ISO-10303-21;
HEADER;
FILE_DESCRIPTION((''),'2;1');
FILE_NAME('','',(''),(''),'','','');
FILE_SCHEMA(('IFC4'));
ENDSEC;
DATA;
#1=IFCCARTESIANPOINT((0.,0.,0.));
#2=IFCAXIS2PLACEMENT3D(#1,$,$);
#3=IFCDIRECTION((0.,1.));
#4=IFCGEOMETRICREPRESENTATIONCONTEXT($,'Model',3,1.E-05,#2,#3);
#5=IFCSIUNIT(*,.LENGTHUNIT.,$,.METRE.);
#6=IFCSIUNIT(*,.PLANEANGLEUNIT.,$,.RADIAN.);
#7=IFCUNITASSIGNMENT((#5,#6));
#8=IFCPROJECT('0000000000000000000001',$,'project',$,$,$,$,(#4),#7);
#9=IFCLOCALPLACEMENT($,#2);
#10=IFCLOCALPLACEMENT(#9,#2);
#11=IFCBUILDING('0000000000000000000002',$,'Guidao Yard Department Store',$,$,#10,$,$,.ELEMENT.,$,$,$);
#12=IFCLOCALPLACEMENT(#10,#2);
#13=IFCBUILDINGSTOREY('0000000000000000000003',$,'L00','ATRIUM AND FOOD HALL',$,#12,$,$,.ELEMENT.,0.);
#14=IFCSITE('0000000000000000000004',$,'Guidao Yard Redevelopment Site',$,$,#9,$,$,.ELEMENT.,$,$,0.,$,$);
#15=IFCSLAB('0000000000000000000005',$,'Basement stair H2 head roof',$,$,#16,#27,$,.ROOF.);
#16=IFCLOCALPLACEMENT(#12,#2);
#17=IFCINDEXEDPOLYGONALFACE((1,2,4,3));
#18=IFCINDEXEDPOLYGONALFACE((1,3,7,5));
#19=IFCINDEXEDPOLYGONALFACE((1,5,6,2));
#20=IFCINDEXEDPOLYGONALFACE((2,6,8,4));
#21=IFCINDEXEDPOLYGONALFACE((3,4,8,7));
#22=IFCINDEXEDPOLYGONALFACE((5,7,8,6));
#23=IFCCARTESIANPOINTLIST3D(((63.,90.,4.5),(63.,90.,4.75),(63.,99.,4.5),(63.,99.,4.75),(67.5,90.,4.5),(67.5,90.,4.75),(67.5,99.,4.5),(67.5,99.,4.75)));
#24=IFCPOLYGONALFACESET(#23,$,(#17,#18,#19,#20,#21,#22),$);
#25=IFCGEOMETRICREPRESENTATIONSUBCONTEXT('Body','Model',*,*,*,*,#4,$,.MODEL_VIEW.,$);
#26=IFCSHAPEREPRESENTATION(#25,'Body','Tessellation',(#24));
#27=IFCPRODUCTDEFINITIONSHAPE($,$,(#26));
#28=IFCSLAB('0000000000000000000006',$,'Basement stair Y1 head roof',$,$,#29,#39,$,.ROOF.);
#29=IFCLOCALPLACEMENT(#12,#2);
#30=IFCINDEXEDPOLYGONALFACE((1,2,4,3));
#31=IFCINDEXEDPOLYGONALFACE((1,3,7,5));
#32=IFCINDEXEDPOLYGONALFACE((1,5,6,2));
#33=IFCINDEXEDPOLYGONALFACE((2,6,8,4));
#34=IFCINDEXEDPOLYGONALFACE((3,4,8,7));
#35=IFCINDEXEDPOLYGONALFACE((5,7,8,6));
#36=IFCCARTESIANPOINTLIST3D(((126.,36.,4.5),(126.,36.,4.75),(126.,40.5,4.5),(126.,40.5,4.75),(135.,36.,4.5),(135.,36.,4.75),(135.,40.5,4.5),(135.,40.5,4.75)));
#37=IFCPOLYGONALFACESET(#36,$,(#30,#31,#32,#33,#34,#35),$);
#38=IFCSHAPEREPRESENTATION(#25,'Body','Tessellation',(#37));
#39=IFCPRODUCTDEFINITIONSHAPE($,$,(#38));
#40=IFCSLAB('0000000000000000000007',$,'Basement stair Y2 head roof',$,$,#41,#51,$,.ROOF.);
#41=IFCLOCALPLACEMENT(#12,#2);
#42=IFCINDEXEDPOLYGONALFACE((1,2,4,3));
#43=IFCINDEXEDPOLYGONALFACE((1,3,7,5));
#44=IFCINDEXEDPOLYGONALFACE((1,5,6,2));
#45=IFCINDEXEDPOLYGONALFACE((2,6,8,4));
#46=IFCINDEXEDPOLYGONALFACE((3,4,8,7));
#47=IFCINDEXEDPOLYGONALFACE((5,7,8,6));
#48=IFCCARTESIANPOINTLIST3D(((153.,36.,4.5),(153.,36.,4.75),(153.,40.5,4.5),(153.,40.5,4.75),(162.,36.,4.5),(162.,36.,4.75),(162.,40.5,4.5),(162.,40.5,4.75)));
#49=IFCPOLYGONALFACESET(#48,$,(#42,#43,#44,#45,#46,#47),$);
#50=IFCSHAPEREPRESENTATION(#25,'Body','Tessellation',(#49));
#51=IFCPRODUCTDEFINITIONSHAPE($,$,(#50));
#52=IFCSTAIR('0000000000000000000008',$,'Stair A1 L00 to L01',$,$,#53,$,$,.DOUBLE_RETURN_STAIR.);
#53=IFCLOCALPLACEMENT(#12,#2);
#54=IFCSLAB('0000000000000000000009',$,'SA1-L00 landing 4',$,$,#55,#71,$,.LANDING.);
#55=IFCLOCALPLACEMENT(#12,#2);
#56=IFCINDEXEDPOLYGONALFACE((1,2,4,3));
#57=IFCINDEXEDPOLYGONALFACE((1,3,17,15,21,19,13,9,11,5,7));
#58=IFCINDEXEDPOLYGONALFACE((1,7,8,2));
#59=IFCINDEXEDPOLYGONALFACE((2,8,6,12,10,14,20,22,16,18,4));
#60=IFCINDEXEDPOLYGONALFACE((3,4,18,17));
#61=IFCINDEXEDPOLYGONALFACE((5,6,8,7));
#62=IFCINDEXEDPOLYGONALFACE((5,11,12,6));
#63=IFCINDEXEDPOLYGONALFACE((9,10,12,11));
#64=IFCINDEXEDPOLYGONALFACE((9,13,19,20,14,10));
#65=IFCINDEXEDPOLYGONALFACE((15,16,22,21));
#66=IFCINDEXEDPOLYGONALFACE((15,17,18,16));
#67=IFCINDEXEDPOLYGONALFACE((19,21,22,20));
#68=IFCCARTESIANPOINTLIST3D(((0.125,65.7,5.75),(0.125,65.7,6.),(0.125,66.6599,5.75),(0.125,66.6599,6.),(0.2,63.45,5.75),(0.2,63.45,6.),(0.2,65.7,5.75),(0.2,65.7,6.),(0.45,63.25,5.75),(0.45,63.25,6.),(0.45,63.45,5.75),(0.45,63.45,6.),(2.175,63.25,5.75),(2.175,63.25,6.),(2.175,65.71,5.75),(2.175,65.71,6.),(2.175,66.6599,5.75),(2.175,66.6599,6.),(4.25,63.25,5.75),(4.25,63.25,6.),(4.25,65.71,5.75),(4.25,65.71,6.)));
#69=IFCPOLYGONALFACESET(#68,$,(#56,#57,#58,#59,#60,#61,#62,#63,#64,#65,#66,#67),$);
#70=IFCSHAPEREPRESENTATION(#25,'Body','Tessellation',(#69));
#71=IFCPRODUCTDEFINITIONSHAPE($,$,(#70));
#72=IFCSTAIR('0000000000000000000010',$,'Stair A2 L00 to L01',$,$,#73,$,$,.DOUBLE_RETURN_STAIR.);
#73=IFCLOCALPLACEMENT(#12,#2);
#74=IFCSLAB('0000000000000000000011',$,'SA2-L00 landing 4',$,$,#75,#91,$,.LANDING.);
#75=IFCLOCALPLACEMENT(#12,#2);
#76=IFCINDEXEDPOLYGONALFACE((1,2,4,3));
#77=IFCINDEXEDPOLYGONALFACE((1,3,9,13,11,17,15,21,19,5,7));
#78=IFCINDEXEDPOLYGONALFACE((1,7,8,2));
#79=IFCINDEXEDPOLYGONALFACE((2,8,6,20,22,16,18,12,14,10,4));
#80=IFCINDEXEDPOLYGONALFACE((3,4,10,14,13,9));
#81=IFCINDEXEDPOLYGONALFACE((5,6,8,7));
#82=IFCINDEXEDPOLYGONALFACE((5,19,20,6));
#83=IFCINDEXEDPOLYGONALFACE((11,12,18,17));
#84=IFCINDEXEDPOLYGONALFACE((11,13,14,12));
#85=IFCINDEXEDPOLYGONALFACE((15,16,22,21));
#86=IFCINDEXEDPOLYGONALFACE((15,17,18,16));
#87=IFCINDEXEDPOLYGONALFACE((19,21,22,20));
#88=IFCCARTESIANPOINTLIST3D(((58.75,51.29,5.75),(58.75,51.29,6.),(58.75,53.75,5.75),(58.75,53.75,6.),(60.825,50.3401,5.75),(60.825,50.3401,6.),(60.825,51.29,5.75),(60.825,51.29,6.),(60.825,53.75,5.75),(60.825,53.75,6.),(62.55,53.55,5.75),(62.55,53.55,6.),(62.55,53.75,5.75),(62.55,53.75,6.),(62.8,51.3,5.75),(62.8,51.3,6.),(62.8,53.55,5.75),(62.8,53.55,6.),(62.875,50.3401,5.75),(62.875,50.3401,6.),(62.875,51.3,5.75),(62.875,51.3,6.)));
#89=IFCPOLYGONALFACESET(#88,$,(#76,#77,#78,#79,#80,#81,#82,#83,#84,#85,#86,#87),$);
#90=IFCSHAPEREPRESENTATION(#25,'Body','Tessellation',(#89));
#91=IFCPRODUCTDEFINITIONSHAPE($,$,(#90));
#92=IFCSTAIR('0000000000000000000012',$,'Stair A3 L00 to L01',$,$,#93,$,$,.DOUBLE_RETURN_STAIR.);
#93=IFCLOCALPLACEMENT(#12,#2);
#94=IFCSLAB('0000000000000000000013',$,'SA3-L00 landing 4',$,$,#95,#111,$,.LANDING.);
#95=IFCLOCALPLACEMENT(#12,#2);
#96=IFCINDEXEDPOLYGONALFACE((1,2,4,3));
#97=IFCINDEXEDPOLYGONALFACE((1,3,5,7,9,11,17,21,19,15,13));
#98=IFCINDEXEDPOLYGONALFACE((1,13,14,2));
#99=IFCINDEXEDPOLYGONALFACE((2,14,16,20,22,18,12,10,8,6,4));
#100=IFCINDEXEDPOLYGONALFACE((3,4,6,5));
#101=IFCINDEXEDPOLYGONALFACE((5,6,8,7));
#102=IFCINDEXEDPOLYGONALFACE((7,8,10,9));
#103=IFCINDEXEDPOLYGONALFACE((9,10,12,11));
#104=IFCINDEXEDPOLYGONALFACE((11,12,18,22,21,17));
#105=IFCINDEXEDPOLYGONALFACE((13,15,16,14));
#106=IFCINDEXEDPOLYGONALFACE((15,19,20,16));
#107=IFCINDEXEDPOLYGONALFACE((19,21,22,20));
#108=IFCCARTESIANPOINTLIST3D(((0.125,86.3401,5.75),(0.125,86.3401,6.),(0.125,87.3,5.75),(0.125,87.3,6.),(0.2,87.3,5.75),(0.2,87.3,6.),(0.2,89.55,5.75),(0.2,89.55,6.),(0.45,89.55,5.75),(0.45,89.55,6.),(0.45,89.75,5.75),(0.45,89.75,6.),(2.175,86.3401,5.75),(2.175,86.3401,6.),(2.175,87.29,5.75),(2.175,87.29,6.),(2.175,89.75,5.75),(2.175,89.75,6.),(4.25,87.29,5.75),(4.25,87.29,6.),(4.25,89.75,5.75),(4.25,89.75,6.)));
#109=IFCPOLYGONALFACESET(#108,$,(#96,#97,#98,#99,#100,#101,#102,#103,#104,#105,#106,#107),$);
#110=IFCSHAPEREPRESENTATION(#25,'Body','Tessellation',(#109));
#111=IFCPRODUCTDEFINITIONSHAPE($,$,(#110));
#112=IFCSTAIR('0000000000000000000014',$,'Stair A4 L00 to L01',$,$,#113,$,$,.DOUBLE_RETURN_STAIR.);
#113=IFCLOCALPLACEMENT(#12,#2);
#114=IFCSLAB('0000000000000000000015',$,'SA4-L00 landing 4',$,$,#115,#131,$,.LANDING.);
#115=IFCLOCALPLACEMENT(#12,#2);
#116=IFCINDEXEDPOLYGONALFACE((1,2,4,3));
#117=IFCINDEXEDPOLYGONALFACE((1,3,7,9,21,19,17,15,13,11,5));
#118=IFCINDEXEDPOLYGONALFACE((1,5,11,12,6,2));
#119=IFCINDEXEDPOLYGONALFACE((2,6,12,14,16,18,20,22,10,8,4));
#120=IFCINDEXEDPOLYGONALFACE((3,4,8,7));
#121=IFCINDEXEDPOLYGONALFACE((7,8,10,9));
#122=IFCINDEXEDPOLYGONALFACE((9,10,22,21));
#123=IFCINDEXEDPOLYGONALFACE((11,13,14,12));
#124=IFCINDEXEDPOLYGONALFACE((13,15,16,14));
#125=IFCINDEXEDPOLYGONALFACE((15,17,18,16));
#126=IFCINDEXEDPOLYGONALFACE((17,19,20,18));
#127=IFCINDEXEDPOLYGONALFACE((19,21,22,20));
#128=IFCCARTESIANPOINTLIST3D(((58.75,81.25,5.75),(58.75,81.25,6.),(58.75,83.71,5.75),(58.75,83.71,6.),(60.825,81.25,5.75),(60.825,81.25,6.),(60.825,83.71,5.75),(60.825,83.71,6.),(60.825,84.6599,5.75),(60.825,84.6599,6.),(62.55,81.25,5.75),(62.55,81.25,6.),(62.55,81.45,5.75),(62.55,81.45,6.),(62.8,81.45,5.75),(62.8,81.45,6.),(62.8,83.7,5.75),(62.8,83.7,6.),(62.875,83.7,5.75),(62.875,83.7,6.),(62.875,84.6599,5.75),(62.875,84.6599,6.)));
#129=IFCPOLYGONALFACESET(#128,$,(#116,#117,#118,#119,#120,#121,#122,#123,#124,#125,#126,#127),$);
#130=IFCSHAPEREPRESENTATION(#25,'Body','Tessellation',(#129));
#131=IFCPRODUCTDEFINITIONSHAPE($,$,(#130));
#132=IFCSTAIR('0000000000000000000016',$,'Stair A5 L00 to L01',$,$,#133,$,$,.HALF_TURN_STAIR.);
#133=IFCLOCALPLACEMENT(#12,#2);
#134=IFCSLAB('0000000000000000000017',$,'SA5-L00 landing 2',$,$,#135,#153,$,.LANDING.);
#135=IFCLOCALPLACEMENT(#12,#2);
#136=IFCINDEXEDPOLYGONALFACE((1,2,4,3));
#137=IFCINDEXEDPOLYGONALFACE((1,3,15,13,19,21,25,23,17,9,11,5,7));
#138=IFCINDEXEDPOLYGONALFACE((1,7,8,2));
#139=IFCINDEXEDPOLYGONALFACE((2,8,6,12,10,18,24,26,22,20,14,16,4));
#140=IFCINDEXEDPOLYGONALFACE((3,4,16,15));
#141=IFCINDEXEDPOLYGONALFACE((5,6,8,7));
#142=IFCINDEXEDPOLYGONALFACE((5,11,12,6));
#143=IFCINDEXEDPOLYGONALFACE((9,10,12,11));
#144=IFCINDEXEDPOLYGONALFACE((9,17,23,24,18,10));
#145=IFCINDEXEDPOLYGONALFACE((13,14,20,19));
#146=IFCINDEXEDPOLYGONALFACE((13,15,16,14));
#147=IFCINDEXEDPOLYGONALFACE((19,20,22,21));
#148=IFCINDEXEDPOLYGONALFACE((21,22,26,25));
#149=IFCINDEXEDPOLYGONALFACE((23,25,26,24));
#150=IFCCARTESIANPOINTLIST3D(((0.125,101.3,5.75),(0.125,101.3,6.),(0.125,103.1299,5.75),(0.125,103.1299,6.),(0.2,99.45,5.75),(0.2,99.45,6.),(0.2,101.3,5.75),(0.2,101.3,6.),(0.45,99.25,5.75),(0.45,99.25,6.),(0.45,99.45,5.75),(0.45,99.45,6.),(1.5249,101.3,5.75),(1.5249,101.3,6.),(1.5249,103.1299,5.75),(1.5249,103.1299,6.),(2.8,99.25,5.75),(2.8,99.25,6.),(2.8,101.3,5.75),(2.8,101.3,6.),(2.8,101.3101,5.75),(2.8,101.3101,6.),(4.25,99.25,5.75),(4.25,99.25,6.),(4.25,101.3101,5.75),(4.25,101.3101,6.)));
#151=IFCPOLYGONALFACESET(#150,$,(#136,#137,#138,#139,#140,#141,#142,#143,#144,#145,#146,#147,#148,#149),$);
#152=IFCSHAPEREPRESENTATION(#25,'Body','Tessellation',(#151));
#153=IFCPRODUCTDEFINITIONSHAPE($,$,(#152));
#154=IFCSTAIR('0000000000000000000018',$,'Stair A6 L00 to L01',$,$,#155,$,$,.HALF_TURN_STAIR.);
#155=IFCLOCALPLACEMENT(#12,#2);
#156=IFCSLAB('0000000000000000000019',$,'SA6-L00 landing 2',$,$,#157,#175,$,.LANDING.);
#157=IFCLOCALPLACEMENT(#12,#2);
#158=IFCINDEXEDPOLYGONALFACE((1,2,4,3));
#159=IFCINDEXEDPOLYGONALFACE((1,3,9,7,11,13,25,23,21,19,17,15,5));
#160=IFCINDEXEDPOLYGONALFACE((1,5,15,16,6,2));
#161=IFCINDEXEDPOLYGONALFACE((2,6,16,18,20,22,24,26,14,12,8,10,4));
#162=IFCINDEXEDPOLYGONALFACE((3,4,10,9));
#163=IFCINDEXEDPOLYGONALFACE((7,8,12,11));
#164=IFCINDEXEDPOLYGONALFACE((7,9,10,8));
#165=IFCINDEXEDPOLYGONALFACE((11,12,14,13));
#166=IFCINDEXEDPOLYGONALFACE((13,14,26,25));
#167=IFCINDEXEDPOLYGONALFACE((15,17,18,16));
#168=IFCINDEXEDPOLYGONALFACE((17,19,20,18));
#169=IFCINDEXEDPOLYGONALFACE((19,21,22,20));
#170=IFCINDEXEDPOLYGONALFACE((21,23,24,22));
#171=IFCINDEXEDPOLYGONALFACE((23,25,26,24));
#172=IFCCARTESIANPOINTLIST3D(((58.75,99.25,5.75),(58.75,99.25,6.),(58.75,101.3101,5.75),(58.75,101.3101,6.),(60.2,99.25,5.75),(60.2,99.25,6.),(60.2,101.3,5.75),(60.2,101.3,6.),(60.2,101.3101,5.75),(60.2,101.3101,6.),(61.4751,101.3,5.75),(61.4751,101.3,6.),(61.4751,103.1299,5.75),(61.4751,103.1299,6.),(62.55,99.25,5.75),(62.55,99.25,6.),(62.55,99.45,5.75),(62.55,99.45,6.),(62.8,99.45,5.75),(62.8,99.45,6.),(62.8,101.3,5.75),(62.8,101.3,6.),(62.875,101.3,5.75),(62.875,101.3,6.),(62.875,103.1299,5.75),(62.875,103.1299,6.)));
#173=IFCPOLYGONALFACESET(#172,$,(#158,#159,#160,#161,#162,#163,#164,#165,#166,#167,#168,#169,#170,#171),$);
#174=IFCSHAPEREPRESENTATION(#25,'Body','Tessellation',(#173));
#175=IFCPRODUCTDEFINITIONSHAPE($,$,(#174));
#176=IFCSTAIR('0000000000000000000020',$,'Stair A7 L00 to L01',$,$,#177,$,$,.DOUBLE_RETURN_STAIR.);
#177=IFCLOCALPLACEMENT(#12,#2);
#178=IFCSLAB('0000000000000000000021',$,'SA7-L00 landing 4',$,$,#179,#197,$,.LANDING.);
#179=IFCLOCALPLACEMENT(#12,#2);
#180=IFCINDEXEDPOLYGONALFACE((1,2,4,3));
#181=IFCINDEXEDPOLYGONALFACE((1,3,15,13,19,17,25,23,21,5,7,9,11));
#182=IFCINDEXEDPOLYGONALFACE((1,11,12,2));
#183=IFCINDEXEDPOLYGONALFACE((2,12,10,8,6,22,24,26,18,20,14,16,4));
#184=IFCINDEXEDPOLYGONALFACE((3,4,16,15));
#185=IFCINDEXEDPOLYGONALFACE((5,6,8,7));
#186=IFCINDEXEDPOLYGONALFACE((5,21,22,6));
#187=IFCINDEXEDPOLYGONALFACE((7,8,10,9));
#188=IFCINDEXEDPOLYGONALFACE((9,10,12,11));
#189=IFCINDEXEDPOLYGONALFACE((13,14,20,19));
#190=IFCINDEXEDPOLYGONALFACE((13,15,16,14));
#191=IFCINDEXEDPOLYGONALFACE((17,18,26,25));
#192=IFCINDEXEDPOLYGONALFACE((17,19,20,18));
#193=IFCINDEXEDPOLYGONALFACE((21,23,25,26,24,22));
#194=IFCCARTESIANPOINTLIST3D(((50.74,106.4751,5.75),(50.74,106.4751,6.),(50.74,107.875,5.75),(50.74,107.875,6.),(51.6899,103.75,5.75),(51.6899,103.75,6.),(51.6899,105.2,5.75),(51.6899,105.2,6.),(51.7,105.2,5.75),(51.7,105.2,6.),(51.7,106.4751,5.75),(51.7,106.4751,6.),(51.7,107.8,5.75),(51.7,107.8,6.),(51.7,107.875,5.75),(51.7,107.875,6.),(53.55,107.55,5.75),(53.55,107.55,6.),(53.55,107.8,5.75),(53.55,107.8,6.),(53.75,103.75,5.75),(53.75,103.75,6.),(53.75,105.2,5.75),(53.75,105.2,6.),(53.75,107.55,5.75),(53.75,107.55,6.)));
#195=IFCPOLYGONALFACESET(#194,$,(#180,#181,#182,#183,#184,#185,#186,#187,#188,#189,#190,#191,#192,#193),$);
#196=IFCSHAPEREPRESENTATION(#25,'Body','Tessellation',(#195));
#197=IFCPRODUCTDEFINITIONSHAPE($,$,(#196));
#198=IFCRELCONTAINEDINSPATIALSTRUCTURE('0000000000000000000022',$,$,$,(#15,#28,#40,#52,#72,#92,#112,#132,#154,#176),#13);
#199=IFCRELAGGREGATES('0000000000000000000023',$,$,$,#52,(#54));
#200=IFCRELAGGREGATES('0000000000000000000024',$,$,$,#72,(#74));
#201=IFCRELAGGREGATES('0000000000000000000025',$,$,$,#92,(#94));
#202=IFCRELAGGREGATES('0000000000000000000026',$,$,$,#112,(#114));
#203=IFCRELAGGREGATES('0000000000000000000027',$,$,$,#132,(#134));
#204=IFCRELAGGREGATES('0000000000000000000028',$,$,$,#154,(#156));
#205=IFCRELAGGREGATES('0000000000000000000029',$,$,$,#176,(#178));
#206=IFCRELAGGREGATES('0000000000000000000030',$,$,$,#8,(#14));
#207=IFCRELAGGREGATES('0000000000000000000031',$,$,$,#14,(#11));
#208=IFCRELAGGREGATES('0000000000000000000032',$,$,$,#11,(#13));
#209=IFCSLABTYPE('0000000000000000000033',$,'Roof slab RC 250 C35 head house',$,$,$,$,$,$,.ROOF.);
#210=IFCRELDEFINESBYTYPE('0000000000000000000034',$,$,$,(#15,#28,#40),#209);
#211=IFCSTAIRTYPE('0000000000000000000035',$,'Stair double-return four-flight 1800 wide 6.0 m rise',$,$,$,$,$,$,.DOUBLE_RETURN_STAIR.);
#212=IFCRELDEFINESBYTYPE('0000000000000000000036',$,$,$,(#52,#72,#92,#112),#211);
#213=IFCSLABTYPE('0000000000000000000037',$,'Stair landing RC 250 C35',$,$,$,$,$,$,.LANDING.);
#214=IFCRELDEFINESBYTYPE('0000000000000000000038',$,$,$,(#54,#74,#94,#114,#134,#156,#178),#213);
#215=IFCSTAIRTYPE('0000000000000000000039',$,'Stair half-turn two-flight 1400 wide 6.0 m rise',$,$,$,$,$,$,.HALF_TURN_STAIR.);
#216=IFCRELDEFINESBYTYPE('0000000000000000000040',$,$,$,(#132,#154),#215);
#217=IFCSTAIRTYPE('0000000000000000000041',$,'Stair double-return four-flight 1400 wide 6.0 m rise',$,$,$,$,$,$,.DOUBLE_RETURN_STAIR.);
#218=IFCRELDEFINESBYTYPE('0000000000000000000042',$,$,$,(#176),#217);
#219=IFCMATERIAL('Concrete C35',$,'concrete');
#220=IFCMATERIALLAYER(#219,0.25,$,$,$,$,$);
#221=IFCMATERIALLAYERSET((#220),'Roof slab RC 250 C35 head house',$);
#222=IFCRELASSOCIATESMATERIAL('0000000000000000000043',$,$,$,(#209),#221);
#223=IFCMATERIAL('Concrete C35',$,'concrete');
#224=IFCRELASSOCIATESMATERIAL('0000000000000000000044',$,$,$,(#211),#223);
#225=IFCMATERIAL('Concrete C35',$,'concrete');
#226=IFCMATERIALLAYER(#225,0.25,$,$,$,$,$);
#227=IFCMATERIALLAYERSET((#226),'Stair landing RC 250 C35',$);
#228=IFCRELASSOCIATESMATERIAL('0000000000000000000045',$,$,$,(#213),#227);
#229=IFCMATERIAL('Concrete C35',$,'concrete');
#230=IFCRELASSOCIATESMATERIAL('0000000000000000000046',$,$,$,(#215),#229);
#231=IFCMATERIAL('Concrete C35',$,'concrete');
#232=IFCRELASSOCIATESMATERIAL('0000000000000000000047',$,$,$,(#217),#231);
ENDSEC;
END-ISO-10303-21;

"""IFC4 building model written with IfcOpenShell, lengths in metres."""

from ifc_helpers import new_model, si_unit, direction, frame, origin, place, context, subcontext, project, spatial, polyline, outline, extrude, material, layer, layer_set, type_object, element, aggregate, save


model = new_model("IFC4")

# Units and contexts
model_context = context("Model", 3, precision=1e-05, world=origin(), true_north=direction((0.0, 1.0)))
body_context = subcontext(model_context, "Body", "Model", "MODEL_VIEW")
ifc_project = project(units=[si_unit("LENGTHUNIT", "METRE"), si_unit("PLANEANGLEUNIT", "RADIAN")], contexts=[model_context])

# Site, building, storey
site_placement = place(None, origin())
site = spatial("IfcSite", under=ifc_project, at=site_placement, Name="Guidao Yard Redevelopment Site", CompositionType="ELEMENT", RefElevation=0.0)
building_placement = place(site_placement, origin())
building = spatial("IfcBuilding", under=site, at=building_placement, Name="Guidao Yard Department Store", CompositionType="ELEMENT")
storey_placement = place(building_placement, origin())
storey = spatial("IfcBuildingStorey", under=building, at=storey_placement, Name="L00", Description="ATRIUM AND FOOD HALL", CompositionType="ELEMENT", Elevation=0.0)

# Slabs
ifc_material_1 = material(Name="Concrete C35", Category="concrete")
ifc_layer_1 = layer(ifc_material_1, 0.25)
ifc_layer_set_1 = layer_set([ifc_layer_1], Name="Roof slab RC 250 C35 head house")
slab_type_1 = type_object("IfcSlabType", Name="Roof slab RC 250 C35 head house", PredefinedType="ROOF", material=ifc_layer_set_1)
slab_1_placement = place(storey_placement, frame((0.0, 0.0, 4.5)))
element("IfcSlab", 1, at=slab_1_placement, inside=storey, type_object=slab_type_1, Name="Basement stair H2 head roof", PredefinedType="ROOF", context=body_context, shape_type="SweptSolid", body=[
    extrude(outline(polyline([(63.0, 90.0), (67.5, 90.0), (67.5, 99.0), (63.0, 99.0), (63.0, 90.0)])), origin(), (0.0, 0.0, 1.0), 0.25),
])
slab_2_placement = place(storey_placement, frame((0.0, 0.0, 4.5)))
element("IfcSlab", 2, at=slab_2_placement, inside=storey, type_object=slab_type_1, Name="Basement stair Y1 head roof", PredefinedType="ROOF", context=body_context, shape_type="SweptSolid", body=[
    extrude(outline(polyline([(126.0, 36.0), (135.0, 36.0), (135.0, 40.5), (126.0, 40.5), (126.0, 36.0)])), origin(), (0.0, 0.0, 1.0), 0.25),
])
slab_3_placement = place(storey_placement, frame((0.0, 0.0, 4.5)))
element("IfcSlab", 3, at=slab_3_placement, inside=storey, type_object=slab_type_1, Name="Basement stair Y2 head roof", PredefinedType="ROOF", context=body_context, shape_type="SweptSolid", body=[
    extrude(outline(polyline([(153.0, 36.0), (162.0, 36.0), (162.0, 40.5), (153.0, 40.5), (153.0, 36.0)])), origin(), (0.0, 0.0, 1.0), 0.25),
])

# Stairs, slabs
ifc_material_2 = material(Name="Concrete C35", Category="concrete")
stair_type_1 = type_object("IfcStairType", Name="Stair double-return four-flight 1800 wide 6.0 m rise", PredefinedType="DOUBLE_RETURN_STAIR", material=ifc_material_2)
stair_1_placement = place(storey_placement, origin())
stair_1 = element("IfcStair", 4, at=stair_1_placement, inside=storey, type_object=stair_type_1, Name="Stair A1 L00 to L01", PredefinedType="DOUBLE_RETURN_STAIR")
ifc_material_3 = material(Name="Concrete C35", Category="concrete")
ifc_layer_2 = layer(ifc_material_3, 0.25)
ifc_layer_set_2 = layer_set([ifc_layer_2], Name="Stair landing RC 250 C35")
slab_type_2 = type_object("IfcSlabType", Name="Stair landing RC 250 C35", PredefinedType="LANDING", material=ifc_layer_set_2)
slab_4_placement = place(storey_placement, frame((0.0, 0.0, 5.75)))
slab_4 = element("IfcSlab", 5, at=slab_4_placement, type_object=slab_type_2, Name="SA1-L00 landing 4", PredefinedType="LANDING", context=body_context, shape_type="SweptSolid", body=[
    extrude(outline(polyline([(0.125, 65.7), (0.125, 66.6599), (2.175, 66.6599), (2.175, 65.71), (4.25, 65.71), (4.25, 63.25), (2.175, 63.25), (0.45, 63.25), (0.45, 63.45), (0.2, 63.45), (0.2, 65.7), (0.125, 65.7)])), origin(), (0.0, 0.0, 1.0), 0.25),
])
aggregate(stair_1, [slab_4])
stair_2_placement = place(storey_placement, origin())
stair_2 = element("IfcStair", 6, at=stair_2_placement, inside=storey, type_object=stair_type_1, Name="Stair A2 L00 to L01", PredefinedType="DOUBLE_RETURN_STAIR")
slab_5_placement = place(storey_placement, frame((0.0, 0.0, 5.75)))
slab_5 = element("IfcSlab", 7, at=slab_5_placement, type_object=slab_type_2, Name="SA2-L00 landing 4", PredefinedType="LANDING", context=body_context, shape_type="SweptSolid", body=[
    extrude(outline(polyline([(60.825, 50.3401), (60.825, 51.29), (58.75, 51.29), (58.75, 53.75), (60.825, 53.75), (62.55, 53.75), (62.55, 53.55), (62.8, 53.55), (62.8, 51.3), (62.875, 51.3), (62.875, 50.3401), (60.825, 50.3401)])), origin(), (0.0, 0.0, 1.0), 0.25),
])
aggregate(stair_2, [slab_5])
stair_3_placement = place(storey_placement, origin())
stair_3 = element("IfcStair", 8, at=stair_3_placement, inside=storey, type_object=stair_type_1, Name="Stair A3 L00 to L01", PredefinedType="DOUBLE_RETURN_STAIR")
slab_6_placement = place(storey_placement, frame((0.0, 0.0, 5.75)))
slab_6 = element("IfcSlab", 9, at=slab_6_placement, type_object=slab_type_2, Name="SA3-L00 landing 4", PredefinedType="LANDING", context=body_context, shape_type="SweptSolid", body=[
    extrude(outline(polyline([(0.125, 87.3), (0.2, 87.3), (0.2, 89.55), (0.45, 89.55), (0.45, 89.75), (2.175, 89.75), (4.25, 89.75), (4.25, 87.29), (2.175, 87.29), (2.175, 86.3401), (0.125, 86.3401), (0.125, 87.3)])), origin(), (0.0, 0.0, 1.0), 0.25),
])
aggregate(stair_3, [slab_6])
stair_4_placement = place(storey_placement, origin())
stair_4 = element("IfcStair", 10, at=stair_4_placement, inside=storey, type_object=stair_type_1, Name="Stair A4 L00 to L01", PredefinedType="DOUBLE_RETURN_STAIR")
slab_7_placement = place(storey_placement, frame((0.0, 0.0, 5.75)))
slab_7 = element("IfcSlab", 11, at=slab_7_placement, type_object=slab_type_2, Name="SA4-L00 landing 4", PredefinedType="LANDING", context=body_context, shape_type="SweptSolid", body=[
    extrude(outline(polyline([(58.75, 81.25), (58.75, 83.71), (60.825, 83.71), (60.825, 84.6599), (62.875, 84.6599), (62.875, 83.7), (62.8, 83.7), (62.8, 81.45), (62.55, 81.45), (62.55, 81.25), (60.825, 81.25), (58.75, 81.25)])), origin(), (0.0, 0.0, 1.0), 0.25),
])
aggregate(stair_4, [slab_7])
ifc_material_4 = material(Name="Concrete C35", Category="concrete")
stair_type_2 = type_object("IfcStairType", Name="Stair half-turn two-flight 1400 wide 6.0 m rise", PredefinedType="HALF_TURN_STAIR", material=ifc_material_4)
stair_5_placement = place(storey_placement, origin())
stair_5 = element("IfcStair", 12, at=stair_5_placement, inside=storey, type_object=stair_type_2, Name="Stair A5 L00 to L01", PredefinedType="HALF_TURN_STAIR")
slab_8_placement = place(storey_placement, frame((0.0, 0.0, 5.75)))
slab_8 = element("IfcSlab", 13, at=slab_8_placement, type_object=slab_type_2, Name="SA5-L00 landing 2", PredefinedType="LANDING", context=body_context, shape_type="SweptSolid", body=[
    extrude(outline(polyline([(4.25, 101.3101), (4.25, 99.25), (2.8, 99.25), (0.45, 99.25), (0.45, 99.45), (0.2, 99.45), (0.2, 101.3), (0.125, 101.3), (0.125, 103.1299), (1.5249, 103.1299), (1.5249, 101.3), (2.8, 101.3), (2.8, 101.3101), (4.25, 101.3101)])), origin(), (0.0, 0.0, 1.0), 0.25),
])
aggregate(stair_5, [slab_8])
stair_6_placement = place(storey_placement, origin())
stair_6 = element("IfcStair", 14, at=stair_6_placement, inside=storey, type_object=stair_type_2, Name="Stair A6 L00 to L01", PredefinedType="HALF_TURN_STAIR")
slab_9_placement = place(storey_placement, frame((0.0, 0.0, 5.75)))
slab_9 = element("IfcSlab", 15, at=slab_9_placement, type_object=slab_type_2, Name="SA6-L00 landing 2", PredefinedType="LANDING", context=body_context, shape_type="SweptSolid", body=[
    extrude(outline(polyline([(58.75, 99.25), (58.75, 101.3101), (60.2, 101.3101), (60.2, 101.3), (61.4751, 101.3), (61.4751, 103.1299), (62.875, 103.1299), (62.875, 101.3), (62.8, 101.3), (62.8, 99.45), (62.55, 99.45), (62.55, 99.25), (60.2, 99.25), (58.75, 99.25)])), origin(), (0.0, 0.0, 1.0), 0.25),
])
aggregate(stair_6, [slab_9])
ifc_material_5 = material(Name="Concrete C35", Category="concrete")
stair_type_3 = type_object("IfcStairType", Name="Stair double-return four-flight 1400 wide 6.0 m rise", PredefinedType="DOUBLE_RETURN_STAIR", material=ifc_material_5)
stair_7_placement = place(storey_placement, origin())
stair_7 = element("IfcStair", 16, at=stair_7_placement, inside=storey, type_object=stair_type_3, Name="Stair A7 L00 to L01", PredefinedType="DOUBLE_RETURN_STAIR")
slab_10_placement = place(storey_placement, frame((0.0, 0.0, 5.75)))
slab_10 = element("IfcSlab", 17, at=slab_10_placement, type_object=slab_type_2, Name="SA7-L00 landing 4", PredefinedType="LANDING", context=body_context, shape_type="SweptSolid", body=[
    extrude(outline(polyline([(51.6899, 105.2), (51.7, 105.2), (51.7, 106.4751), (50.74, 106.4751), (50.74, 107.875), (51.7, 107.875), (51.7, 107.8), (53.55, 107.8), (53.55, 107.55), (53.75, 107.55), (53.75, 105.2), (53.75, 103.75), (51.6899, 103.75), (51.6899, 105.2)])), origin(), (0.0, 0.0, 1.0), 0.25),
])
aggregate(stair_7, [slab_10])

save(model, "model.ifc")
